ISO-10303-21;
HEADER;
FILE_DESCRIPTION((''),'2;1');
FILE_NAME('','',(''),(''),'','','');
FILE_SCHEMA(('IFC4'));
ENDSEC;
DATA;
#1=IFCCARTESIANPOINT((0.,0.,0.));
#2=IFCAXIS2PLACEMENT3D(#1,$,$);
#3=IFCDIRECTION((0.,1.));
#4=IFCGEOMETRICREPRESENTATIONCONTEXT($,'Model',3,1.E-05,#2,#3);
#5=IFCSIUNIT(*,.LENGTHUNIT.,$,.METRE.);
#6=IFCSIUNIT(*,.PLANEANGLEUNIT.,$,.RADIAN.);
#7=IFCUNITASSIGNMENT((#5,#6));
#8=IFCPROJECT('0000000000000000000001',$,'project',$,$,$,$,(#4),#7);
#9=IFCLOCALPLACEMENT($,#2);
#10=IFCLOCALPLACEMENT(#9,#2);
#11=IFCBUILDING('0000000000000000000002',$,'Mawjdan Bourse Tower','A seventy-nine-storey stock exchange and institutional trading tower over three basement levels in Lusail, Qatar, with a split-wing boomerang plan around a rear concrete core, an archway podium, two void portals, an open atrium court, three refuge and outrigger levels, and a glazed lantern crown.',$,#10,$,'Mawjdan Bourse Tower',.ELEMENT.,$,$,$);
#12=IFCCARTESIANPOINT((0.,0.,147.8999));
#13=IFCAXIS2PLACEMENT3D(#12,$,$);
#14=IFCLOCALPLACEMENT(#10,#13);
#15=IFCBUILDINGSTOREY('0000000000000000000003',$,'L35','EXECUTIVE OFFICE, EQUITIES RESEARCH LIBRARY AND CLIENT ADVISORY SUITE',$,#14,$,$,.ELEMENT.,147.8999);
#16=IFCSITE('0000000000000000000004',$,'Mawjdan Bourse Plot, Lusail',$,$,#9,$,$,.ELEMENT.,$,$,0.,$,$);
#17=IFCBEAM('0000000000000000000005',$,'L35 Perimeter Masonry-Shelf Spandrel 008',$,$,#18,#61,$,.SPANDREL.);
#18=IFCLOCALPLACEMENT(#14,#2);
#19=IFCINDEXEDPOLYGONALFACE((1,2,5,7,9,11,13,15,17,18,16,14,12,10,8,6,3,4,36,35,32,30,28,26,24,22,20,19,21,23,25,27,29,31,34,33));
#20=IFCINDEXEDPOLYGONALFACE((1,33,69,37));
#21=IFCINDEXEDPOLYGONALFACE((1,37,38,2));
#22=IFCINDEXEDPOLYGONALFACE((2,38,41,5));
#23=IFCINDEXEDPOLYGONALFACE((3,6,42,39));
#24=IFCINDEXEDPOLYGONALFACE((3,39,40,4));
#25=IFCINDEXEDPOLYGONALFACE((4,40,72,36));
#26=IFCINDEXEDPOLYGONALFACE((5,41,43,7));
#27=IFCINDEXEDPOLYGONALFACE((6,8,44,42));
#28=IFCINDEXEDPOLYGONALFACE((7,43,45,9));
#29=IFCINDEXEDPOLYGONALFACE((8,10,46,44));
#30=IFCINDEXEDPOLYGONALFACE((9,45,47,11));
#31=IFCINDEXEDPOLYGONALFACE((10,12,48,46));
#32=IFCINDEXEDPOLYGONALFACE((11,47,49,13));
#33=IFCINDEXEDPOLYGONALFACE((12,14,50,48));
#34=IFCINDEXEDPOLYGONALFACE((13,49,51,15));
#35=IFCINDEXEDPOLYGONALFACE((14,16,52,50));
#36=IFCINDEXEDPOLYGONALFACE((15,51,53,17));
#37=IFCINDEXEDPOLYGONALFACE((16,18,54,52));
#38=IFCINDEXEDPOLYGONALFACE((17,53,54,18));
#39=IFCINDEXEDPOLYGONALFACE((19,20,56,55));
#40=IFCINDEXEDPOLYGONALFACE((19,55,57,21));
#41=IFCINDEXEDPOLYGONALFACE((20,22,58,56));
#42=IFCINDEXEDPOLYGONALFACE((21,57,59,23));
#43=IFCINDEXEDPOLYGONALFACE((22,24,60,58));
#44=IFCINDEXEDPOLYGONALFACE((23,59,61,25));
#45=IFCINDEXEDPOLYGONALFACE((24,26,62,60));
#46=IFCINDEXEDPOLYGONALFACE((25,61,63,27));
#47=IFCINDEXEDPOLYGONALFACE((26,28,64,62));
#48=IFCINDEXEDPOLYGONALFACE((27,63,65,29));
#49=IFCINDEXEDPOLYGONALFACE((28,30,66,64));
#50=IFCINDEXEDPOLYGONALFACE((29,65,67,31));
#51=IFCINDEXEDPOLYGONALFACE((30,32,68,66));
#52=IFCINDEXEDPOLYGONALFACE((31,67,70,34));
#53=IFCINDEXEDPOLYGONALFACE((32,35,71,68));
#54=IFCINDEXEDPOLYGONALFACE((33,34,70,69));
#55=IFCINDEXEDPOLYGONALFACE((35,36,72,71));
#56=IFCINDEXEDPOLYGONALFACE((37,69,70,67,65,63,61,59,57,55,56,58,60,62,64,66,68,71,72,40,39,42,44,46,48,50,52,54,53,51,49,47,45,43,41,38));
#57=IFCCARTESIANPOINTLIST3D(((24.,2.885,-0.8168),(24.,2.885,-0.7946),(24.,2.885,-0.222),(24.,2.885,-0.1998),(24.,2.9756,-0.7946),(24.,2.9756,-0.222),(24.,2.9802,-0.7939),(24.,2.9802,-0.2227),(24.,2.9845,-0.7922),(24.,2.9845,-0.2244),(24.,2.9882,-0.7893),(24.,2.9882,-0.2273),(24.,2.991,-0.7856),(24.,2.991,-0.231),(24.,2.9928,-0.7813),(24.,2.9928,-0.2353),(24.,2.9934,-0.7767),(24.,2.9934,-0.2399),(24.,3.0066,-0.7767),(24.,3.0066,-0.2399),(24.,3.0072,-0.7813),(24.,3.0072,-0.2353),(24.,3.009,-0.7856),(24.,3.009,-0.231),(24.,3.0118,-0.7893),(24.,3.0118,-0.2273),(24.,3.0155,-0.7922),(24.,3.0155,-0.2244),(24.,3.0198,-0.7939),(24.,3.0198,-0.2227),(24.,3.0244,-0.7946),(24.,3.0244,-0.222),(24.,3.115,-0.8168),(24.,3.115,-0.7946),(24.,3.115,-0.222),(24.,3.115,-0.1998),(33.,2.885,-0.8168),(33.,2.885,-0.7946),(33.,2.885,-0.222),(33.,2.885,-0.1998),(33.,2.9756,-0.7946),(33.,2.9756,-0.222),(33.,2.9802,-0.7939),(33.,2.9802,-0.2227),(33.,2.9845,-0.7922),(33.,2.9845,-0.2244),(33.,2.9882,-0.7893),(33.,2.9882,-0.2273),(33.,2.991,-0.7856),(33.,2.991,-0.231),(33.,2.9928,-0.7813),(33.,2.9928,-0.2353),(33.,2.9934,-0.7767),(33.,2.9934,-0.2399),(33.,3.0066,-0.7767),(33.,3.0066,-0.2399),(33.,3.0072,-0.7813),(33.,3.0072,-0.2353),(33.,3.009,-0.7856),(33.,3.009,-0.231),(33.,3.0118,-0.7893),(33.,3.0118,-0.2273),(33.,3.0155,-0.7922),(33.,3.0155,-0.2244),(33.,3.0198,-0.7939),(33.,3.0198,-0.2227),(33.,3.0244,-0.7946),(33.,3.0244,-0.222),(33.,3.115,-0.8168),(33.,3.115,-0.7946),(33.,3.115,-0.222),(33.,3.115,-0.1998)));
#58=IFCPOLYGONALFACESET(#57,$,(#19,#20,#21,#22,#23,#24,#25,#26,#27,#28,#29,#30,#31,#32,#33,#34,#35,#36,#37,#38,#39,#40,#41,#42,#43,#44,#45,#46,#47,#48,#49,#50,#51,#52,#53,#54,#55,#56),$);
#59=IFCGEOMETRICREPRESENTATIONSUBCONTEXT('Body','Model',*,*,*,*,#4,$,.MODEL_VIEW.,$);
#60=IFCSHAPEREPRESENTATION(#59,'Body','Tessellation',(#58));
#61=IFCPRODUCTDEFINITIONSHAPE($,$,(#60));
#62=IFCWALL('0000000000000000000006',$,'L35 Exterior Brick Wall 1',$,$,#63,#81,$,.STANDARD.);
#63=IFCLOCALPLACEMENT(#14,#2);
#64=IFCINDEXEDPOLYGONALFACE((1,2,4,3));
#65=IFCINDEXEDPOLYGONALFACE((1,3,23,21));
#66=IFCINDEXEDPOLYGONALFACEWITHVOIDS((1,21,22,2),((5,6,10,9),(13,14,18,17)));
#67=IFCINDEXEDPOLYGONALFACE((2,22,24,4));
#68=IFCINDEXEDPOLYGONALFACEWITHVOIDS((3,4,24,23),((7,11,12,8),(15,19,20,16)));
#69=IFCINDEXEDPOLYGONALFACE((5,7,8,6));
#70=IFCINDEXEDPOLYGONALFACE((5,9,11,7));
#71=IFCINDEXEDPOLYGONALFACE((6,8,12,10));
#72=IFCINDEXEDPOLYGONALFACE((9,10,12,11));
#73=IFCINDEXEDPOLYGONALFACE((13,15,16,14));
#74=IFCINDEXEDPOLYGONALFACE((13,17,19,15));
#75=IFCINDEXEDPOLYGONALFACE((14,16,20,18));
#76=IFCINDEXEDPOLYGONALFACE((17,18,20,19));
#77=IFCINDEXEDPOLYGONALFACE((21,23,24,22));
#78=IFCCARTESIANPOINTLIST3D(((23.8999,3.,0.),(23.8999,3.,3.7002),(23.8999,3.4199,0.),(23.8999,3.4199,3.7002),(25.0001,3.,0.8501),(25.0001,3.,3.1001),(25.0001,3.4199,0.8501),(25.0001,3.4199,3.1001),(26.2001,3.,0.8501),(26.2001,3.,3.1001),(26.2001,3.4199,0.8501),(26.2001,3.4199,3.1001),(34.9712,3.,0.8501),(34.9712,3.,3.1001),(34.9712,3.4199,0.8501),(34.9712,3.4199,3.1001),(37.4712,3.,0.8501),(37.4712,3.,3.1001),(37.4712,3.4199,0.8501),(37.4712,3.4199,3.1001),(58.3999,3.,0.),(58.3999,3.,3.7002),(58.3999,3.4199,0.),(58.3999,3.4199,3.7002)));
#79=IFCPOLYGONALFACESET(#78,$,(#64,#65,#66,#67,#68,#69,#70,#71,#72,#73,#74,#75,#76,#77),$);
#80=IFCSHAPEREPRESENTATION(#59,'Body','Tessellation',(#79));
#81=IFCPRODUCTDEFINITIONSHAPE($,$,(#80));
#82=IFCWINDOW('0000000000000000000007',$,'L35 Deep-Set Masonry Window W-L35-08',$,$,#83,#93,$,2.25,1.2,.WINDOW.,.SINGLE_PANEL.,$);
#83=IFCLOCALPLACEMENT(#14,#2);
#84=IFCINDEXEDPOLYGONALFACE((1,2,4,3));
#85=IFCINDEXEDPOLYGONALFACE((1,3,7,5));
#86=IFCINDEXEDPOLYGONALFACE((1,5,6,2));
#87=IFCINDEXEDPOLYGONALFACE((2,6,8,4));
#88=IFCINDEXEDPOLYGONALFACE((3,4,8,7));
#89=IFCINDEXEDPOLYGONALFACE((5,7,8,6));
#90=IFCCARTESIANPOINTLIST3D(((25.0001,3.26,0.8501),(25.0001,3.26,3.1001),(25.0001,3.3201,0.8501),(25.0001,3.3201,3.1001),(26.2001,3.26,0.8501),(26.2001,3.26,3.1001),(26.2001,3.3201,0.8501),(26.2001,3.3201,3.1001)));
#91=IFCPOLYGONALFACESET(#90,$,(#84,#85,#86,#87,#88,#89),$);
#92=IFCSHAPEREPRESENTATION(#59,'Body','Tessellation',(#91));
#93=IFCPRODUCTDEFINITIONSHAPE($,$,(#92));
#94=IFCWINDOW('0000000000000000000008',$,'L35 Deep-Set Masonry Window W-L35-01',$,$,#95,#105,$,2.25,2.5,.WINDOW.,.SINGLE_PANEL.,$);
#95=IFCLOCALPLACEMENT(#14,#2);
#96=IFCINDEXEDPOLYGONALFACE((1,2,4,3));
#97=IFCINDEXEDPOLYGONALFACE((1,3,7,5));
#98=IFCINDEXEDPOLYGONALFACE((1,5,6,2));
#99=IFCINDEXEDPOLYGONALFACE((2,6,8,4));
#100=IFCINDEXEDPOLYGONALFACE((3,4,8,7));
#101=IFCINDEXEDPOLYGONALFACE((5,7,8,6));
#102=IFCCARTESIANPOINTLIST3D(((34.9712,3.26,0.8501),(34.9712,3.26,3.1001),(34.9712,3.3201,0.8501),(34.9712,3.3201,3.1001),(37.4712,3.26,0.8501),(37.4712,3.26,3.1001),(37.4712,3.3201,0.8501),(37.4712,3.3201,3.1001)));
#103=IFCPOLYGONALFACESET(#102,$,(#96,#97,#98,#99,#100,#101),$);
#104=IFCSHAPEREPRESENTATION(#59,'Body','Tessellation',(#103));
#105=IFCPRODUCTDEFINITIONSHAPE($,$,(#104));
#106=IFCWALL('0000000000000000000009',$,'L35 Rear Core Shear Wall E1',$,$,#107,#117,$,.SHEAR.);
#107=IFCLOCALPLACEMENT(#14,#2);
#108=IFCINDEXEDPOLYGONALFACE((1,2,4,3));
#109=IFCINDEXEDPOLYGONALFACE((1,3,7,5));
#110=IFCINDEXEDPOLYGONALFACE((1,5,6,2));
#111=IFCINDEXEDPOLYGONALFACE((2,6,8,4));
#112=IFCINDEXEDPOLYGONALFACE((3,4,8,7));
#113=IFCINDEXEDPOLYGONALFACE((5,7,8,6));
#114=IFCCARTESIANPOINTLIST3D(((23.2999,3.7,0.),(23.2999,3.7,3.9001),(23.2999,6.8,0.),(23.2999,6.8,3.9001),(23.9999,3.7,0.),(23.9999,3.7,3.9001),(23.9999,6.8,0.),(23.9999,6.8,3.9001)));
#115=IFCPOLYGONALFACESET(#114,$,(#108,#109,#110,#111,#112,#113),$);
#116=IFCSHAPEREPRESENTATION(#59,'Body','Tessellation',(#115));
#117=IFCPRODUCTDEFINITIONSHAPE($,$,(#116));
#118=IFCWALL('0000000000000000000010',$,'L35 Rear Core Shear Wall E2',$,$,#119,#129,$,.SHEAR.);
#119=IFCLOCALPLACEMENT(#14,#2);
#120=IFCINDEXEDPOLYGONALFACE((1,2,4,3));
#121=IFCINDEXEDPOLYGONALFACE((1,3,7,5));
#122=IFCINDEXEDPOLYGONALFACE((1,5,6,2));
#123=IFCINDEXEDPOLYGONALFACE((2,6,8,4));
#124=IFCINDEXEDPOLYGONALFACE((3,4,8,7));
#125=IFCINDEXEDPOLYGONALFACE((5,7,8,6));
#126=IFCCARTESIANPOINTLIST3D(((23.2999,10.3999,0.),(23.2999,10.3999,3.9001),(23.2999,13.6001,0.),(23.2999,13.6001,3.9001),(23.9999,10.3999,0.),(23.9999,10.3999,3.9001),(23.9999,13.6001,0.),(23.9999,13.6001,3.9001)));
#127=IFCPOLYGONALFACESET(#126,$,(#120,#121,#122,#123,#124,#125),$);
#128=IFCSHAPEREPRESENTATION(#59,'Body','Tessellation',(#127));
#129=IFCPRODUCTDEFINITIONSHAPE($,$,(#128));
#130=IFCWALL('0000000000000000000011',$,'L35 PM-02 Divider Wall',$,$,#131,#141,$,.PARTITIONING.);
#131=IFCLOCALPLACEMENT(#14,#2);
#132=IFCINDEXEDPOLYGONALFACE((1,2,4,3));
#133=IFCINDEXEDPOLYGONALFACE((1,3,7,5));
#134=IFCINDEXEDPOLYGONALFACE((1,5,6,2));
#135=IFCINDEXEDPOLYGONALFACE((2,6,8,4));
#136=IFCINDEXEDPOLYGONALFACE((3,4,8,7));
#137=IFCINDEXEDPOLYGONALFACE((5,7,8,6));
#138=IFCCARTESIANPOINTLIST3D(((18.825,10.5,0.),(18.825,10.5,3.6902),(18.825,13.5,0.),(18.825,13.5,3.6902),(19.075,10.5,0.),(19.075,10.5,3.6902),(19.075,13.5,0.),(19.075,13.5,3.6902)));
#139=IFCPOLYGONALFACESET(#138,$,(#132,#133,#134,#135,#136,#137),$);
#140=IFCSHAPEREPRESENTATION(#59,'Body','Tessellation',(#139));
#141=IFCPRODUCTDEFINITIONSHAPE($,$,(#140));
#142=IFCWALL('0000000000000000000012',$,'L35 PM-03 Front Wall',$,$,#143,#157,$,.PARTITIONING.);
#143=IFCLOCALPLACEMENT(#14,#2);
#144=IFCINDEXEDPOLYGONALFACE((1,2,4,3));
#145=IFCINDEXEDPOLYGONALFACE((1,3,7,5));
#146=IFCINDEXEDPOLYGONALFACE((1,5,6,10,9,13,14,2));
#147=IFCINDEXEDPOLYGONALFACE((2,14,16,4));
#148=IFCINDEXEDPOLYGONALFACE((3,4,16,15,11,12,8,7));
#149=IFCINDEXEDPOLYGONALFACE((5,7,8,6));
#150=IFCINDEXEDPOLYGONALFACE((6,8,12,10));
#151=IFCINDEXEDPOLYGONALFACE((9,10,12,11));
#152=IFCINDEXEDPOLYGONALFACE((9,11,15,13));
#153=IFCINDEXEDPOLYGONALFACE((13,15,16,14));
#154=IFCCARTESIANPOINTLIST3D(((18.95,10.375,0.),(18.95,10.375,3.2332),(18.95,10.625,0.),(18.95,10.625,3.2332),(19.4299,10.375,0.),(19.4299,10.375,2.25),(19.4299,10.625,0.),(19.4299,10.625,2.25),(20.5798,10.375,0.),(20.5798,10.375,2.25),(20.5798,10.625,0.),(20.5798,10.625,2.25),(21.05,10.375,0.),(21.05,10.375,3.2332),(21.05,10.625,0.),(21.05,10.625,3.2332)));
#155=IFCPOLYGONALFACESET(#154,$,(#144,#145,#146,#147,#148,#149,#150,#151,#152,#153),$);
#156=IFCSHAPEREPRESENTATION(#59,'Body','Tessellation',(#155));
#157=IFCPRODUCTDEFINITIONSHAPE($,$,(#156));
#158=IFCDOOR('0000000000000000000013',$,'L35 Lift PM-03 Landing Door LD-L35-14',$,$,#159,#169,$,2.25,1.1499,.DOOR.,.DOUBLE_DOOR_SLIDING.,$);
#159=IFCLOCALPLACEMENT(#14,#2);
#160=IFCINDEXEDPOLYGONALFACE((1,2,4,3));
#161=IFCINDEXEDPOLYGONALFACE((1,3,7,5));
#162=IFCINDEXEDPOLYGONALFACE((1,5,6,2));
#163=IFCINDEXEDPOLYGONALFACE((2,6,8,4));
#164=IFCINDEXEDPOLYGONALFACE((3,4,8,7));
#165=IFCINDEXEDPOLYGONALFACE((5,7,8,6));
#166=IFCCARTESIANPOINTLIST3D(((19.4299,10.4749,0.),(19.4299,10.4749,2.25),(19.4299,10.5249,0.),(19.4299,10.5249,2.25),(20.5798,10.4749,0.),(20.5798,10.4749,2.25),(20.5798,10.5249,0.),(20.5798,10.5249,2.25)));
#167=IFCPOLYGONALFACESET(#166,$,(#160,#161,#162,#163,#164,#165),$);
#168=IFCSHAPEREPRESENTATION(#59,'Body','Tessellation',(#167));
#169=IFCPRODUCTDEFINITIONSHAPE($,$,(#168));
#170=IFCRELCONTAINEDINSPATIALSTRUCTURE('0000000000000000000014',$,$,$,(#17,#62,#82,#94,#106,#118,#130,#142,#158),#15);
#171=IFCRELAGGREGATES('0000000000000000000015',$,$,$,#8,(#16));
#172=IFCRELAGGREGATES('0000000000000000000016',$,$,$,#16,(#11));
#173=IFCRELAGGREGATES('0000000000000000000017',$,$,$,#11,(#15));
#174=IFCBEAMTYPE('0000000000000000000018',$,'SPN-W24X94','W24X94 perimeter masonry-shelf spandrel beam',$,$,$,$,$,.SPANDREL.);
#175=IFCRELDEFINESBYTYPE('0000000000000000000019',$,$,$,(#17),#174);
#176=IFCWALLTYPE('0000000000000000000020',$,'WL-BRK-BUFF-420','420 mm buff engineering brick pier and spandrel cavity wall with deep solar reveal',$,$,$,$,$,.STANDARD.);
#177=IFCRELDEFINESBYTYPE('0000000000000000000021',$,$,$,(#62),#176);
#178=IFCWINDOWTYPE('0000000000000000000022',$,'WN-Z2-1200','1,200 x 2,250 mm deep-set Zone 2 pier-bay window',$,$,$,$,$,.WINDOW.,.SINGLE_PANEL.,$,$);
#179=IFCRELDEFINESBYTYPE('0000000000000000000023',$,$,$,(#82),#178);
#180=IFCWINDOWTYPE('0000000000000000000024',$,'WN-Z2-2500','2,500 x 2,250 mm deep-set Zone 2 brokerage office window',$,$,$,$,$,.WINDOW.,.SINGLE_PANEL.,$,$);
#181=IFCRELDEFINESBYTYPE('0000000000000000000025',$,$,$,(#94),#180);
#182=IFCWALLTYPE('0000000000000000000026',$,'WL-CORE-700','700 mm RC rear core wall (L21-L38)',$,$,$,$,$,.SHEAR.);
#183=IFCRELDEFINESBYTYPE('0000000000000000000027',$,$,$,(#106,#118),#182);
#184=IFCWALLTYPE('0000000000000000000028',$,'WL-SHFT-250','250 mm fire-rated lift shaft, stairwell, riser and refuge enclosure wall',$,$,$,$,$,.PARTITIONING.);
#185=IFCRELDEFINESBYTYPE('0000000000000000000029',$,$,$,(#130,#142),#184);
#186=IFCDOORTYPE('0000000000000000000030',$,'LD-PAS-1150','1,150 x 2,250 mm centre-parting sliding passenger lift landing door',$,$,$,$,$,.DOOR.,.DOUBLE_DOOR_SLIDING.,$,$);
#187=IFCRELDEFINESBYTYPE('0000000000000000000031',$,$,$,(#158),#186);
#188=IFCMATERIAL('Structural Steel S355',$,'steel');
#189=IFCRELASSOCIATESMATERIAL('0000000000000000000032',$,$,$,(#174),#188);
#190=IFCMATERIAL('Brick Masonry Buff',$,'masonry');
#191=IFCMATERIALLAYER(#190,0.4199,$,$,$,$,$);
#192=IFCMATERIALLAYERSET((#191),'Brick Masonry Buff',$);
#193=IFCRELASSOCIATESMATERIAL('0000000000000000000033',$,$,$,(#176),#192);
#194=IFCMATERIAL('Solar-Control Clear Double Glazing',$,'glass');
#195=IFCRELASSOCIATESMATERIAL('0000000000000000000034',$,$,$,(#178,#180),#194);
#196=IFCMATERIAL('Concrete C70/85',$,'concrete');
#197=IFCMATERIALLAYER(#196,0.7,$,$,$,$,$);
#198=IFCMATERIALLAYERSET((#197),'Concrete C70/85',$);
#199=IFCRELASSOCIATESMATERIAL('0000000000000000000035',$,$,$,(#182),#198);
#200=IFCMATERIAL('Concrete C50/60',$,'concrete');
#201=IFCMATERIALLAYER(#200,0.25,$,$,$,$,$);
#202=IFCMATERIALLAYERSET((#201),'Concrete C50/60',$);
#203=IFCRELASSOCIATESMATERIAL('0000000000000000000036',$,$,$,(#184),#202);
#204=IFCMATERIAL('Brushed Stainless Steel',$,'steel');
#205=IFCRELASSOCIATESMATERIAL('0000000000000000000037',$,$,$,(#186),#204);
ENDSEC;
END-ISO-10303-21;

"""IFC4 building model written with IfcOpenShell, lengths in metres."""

from ifc_helpers import new_model, si_unit, direction, frame, frame_2d, origin, origin_2d, place, context, subcontext, project, spatial, rectangle, i_section, extrude, material, layer, layer_set, material_profile, profile_set, type_object, element, fill, save


model = new_model("IFC4")

# Units and contexts
model_context = context("Model", 3, precision=1e-05, world=origin(), true_north=direction((0.0, 1.0)))
body_context = subcontext(model_context, "Body", "Model", "MODEL_VIEW")
ifc_project = project(units=[si_unit("LENGTHUNIT", "METRE"), si_unit("PLANEANGLEUNIT", "RADIAN")], contexts=[model_context])

# Site, building, storey
site_placement = place(None, origin())
site = spatial("IfcSite", under=ifc_project, at=site_placement, Name="Mawjdan Bourse Plot, Lusail", CompositionType="ELEMENT", RefElevation=0.0)
building_placement = place(site_placement, origin())
building = spatial("IfcBuilding", under=site, at=building_placement, Name="Mawjdan Bourse Tower", Description="A seventy-nine-storey stock exchange and institutional trading tower over three basement levels in Lusail, Qatar, with a split-wing boomerang plan around a rear concrete core, an archway podium, two void portals, an open atrium court, three refuge and outrigger levels, and a glazed lantern crown.", LongName="Mawjdan Bourse Tower", CompositionType="ELEMENT")
storey_placement = place(building_placement, frame((0.0, 0.0, 147.8999)))
storey = spatial("IfcBuildingStorey", under=building, at=storey_placement, Name="L35", Description="EXECUTIVE OFFICE, EQUITIES RESEARCH LIBRARY AND CLIENT ADVISORY SUITE", CompositionType="ELEMENT", Elevation=147.8999)

# Shared definitions
ifc_material_1 = material(Name="Concrete C70/85", Category="concrete")

# Beam
ifc_material_2 = material(Name="Structural Steel S355", Category="steel")
ifc_material_profile_1 = material_profile(ifc_material_2, i_section(OverallWidth=0.23, OverallDepth=0.6169, WebThickness=0.0132, FlangeThickness=0.0222, FilletRadius=0.0178, at=origin_2d()), Name="W24X94")
ifc_profile_set_1 = profile_set([ifc_material_profile_1], Name="Structural Steel S355")
beam_type_1 = type_object("IfcBeamType", Name="SPN-W24X94", Description="W24X94 perimeter masonry-shelf spandrel beam", PredefinedType="SPANDREL", material=ifc_profile_set_1)
beam_1_placement = place(storey_placement, frame((24.0, 3.0, -0.5083), z_axis=(1.0, 0.0, 0.0), x_axis=(0.0, 1.0, 0.0)))
element("IfcBeam", 1, at=beam_1_placement, inside=storey, type_object=beam_type_1, Name="L35 Perimeter Masonry-Shelf Spandrel 008", PredefinedType="SPANDREL", context=body_context, shape_type="SweptSolid", body=[
    extrude(i_section(OverallWidth=0.23, OverallDepth=0.6169, WebThickness=0.0132, FlangeThickness=0.0222, FilletRadius=0.0178, at=origin_2d()), origin(), (0.0, 0.0, 1.0), 9.0),
])

# Wall, openings, windows
ifc_material_3 = material(Name="Brick Masonry Buff", Category="masonry")
ifc_layer_1 = layer(ifc_material_3, 0.4199)
ifc_layer_set_1 = layer_set([ifc_layer_1], Name="Brick Masonry Buff")
wall_type_1 = type_object("IfcWallType", Name="WL-BRK-BUFF-420", Description="420 mm buff engineering brick pier and spandrel cavity wall with deep solar reveal", PredefinedType="STANDARD", material=ifc_layer_set_1)
wall_1_placement = place(storey_placement, frame((23.8999, 3.21, 0.0), z_axis=(0.0, 0.0, 1.0), x_axis=(1.0, 0.0, 0.0)))
wall_1 = element("IfcWall", 2, at=wall_1_placement, inside=storey, type_object=wall_type_1, Name="L35 Exterior Brick Wall 1", PredefinedType="STANDARD", context=body_context, shape_type="SweptSolid", body=[
    extrude(rectangle(XDim=34.5, YDim=0.4199, at=frame_2d((17.25, 0.0))), origin(), (0.0, 0.0, 1.0), 3.7002),
])
opening_1_placement = place(wall_1_placement, frame((11.0713, 0.0, 0.8501)))
opening_1 = element("IfcOpeningElement", 3, at=opening_1_placement, cuts=wall_1, PredefinedType="OPENING", context=body_context, shape_type="SweptSolid", body=[
    extrude(rectangle(XDim=2.5, YDim=2.25, at=frame_2d((1.25, 1.125))), frame((0.0, 0.22, 0.0), z_axis=(0.0, -1.0, 0.0), x_axis=(1.0, 0.0, 0.0)), (0.0, 0.0, 1.0), 0.4399),
])
opening_2_placement = place(wall_1_placement, frame((1.1001, 0.0, 0.8501)))
opening_2 = element("IfcOpeningElement", 4, at=opening_2_placement, cuts=wall_1, PredefinedType="OPENING", context=body_context, shape_type="SweptSolid", body=[
    extrude(rectangle(XDim=1.2, YDim=2.25, at=frame_2d((0.6001, 1.125))), frame((0.0, 0.22, 0.0), z_axis=(0.0, -1.0, 0.0), x_axis=(1.0, 0.0, 0.0)), (0.0, 0.0, 1.0), 0.4399),
])
ifc_material_4 = material(Name="Solar-Control Clear Double Glazing", Category="glass")
window_type_1 = type_object("IfcWindowType", Name="WN-Z2-1200", Description="1,200 x 2,250 mm deep-set Zone 2 pier-bay window", PartitioningType="SINGLE_PANEL", PredefinedType="WINDOW", material=ifc_material_4)
window_1_placement = place(opening_2_placement, origin())
window_1 = element("IfcWindow", 5, at=window_1_placement, inside=storey, type_object=window_type_1, Name="L35 Deep-Set Masonry Window W-L35-08", OverallHeight=2.25, OverallWidth=1.2, PartitioningType="SINGLE_PANEL", PredefinedType="WINDOW", context=body_context, shape_type="SweptSolid", body=[
    extrude(rectangle(XDim=1.2, YDim=2.25, at=frame_2d((0.6001, 1.125))), frame((0.0, 0.1101, 0.0), z_axis=(0.0, -1.0, 0.0), x_axis=(1.0, 0.0, 0.0)), (0.0, 0.0, 1.0), 0.0601),
])
fill(opening_2, window_1)
window_type_2 = type_object("IfcWindowType", Name="WN-Z2-2500", Description="2,500 x 2,250 mm deep-set Zone 2 brokerage office window", PartitioningType="SINGLE_PANEL", PredefinedType="WINDOW", material=ifc_material_4)
window_2_placement = place(opening_1_placement, origin())
window_2 = element("IfcWindow", 6, at=window_2_placement, inside=storey, type_object=window_type_2, Name="L35 Deep-Set Masonry Window W-L35-01", OverallHeight=2.25, OverallWidth=2.5, PartitioningType="SINGLE_PANEL", PredefinedType="WINDOW", context=body_context, shape_type="SweptSolid", body=[
    extrude(rectangle(XDim=2.5, YDim=2.25, at=frame_2d((1.25, 1.125))), frame((0.0, 0.1101, 0.0), z_axis=(0.0, -1.0, 0.0), x_axis=(1.0, 0.0, 0.0)), (0.0, 0.0, 1.0), 0.0601),
])
fill(opening_1, window_2)

# Walls
ifc_layer_2 = layer(ifc_material_1, 0.7)
ifc_layer_set_2 = layer_set([ifc_layer_2], Name="Concrete C70/85")
wall_type_2 = type_object("IfcWallType", Name="WL-CORE-700", Description="700 mm RC rear core wall (L21-L38)", PredefinedType="SHEAR", material=ifc_layer_set_2)
wall_2_placement = place(storey_placement, frame((23.6499, 3.7, 0.0), z_axis=(0.0, 0.0, 1.0), x_axis=(0.0, 1.0, 0.0)))
element("IfcWall", 7, at=wall_2_placement, inside=storey, type_object=wall_type_2, Name="L35 Rear Core Shear Wall E1", PredefinedType="SHEAR", context=body_context, shape_type="SweptSolid", body=[
    extrude(rectangle(XDim=3.1001, YDim=0.7, at=frame_2d((1.55, 0.0))), origin(), (0.0, 0.0, 1.0), 3.9001),
])
wall_3_placement = place(storey_placement, frame((23.6499, 10.3999, 0.0), z_axis=(0.0, 0.0, 1.0), x_axis=(0.0, 1.0, 0.0)))
element("IfcWall", 8, at=wall_3_placement, inside=storey, type_object=wall_type_2, Name="L35 Rear Core Shear Wall E2", PredefinedType="SHEAR", context=body_context, shape_type="SweptSolid", body=[
    extrude(rectangle(XDim=3.2002, YDim=0.7, at=frame_2d((1.6001, 0.0))), origin(), (0.0, 0.0, 1.0), 3.9001),
])
ifc_material_5 = material(Name="Concrete C50/60", Category="concrete")
ifc_layer_3 = layer(ifc_material_5, 0.25)
ifc_layer_set_3 = layer_set([ifc_layer_3], Name="Concrete C50/60")
wall_type_3 = type_object("IfcWallType", Name="WL-SHFT-250", Description="250 mm fire-rated lift shaft, stairwell, riser and refuge enclosure wall", PredefinedType="PARTITIONING", material=ifc_layer_set_3)
wall_4_placement = place(storey_placement, frame((18.95, 10.5, 0.0), z_axis=(0.0, 0.0, 1.0), x_axis=(0.0, 1.0, 0.0)))
element("IfcWall", 9, at=wall_4_placement, inside=storey, type_object=wall_type_3, Name="L35 PM-02 Divider Wall", PredefinedType="PARTITIONING", context=body_context, shape_type="SweptSolid", body=[
    extrude(rectangle(XDim=3.0, YDim=0.25, at=frame_2d((1.5, 0.0))), origin(), (0.0, 0.0, 1.0), 3.6902),
])

# Wall, opening, door
wall_5_placement = place(storey_placement, frame((18.95, 10.5, 0.0), z_axis=(0.0, 0.0, 1.0), x_axis=(1.0, 0.0, 0.0)))
wall_5 = element("IfcWall", 10, at=wall_5_placement, inside=storey, type_object=wall_type_3, Name="L35 PM-03 Front Wall", PredefinedType="PARTITIONING", context=body_context, shape_type="SweptSolid", body=[
    extrude(rectangle(XDim=2.1001, YDim=0.25, at=frame_2d((1.05, 0.0))), origin(), (0.0, 0.0, 1.0), 3.2332),
])
opening_3_placement = place(wall_5_placement, frame((0.48, 0.0, 0.0)))
opening_3 = element("IfcOpeningElement", 11, at=opening_3_placement, cuts=wall_5, PredefinedType="OPENING", context=body_context, shape_type="SweptSolid", body=[
    extrude(rectangle(XDim=1.1499, YDim=2.25, at=frame_2d((0.575, 1.125))), frame((0.0, 0.135, 0.0), z_axis=(0.0, -1.0, 0.0), x_axis=(1.0, 0.0, 0.0)), (0.0, 0.0, 1.0), 0.27),
])
ifc_material_6 = material(Name="Brushed Stainless Steel", Category="steel")
door_type_1 = type_object("IfcDoorType", Name="LD-PAS-1150", Description="1,150 x 2,250 mm centre-parting sliding passenger lift landing door", OperationType="DOUBLE_DOOR_SLIDING", PredefinedType="DOOR", material=ifc_material_6)
door_1_placement = place(opening_3_placement, origin())
door_1 = element("IfcDoor", 12, at=door_1_placement, inside=storey, type_object=door_type_1, Name="L35 Lift PM-03 Landing Door LD-L35-14", OperationType="DOUBLE_DOOR_SLIDING", OverallHeight=2.25, OverallWidth=1.1499, PredefinedType="DOOR", context=body_context, shape_type="SweptSolid", body=[
    extrude(rectangle(XDim=1.1499, YDim=2.25, at=frame_2d((0.575, 1.125))), frame((0.0, 0.0249, 0.0), z_axis=(0.0, -1.0, 0.0), x_axis=(1.0, 0.0, 0.0)), (0.0, 0.0, 1.0), 0.05),
])
fill(opening_3, door_1)

save(model, "model.ifc")
